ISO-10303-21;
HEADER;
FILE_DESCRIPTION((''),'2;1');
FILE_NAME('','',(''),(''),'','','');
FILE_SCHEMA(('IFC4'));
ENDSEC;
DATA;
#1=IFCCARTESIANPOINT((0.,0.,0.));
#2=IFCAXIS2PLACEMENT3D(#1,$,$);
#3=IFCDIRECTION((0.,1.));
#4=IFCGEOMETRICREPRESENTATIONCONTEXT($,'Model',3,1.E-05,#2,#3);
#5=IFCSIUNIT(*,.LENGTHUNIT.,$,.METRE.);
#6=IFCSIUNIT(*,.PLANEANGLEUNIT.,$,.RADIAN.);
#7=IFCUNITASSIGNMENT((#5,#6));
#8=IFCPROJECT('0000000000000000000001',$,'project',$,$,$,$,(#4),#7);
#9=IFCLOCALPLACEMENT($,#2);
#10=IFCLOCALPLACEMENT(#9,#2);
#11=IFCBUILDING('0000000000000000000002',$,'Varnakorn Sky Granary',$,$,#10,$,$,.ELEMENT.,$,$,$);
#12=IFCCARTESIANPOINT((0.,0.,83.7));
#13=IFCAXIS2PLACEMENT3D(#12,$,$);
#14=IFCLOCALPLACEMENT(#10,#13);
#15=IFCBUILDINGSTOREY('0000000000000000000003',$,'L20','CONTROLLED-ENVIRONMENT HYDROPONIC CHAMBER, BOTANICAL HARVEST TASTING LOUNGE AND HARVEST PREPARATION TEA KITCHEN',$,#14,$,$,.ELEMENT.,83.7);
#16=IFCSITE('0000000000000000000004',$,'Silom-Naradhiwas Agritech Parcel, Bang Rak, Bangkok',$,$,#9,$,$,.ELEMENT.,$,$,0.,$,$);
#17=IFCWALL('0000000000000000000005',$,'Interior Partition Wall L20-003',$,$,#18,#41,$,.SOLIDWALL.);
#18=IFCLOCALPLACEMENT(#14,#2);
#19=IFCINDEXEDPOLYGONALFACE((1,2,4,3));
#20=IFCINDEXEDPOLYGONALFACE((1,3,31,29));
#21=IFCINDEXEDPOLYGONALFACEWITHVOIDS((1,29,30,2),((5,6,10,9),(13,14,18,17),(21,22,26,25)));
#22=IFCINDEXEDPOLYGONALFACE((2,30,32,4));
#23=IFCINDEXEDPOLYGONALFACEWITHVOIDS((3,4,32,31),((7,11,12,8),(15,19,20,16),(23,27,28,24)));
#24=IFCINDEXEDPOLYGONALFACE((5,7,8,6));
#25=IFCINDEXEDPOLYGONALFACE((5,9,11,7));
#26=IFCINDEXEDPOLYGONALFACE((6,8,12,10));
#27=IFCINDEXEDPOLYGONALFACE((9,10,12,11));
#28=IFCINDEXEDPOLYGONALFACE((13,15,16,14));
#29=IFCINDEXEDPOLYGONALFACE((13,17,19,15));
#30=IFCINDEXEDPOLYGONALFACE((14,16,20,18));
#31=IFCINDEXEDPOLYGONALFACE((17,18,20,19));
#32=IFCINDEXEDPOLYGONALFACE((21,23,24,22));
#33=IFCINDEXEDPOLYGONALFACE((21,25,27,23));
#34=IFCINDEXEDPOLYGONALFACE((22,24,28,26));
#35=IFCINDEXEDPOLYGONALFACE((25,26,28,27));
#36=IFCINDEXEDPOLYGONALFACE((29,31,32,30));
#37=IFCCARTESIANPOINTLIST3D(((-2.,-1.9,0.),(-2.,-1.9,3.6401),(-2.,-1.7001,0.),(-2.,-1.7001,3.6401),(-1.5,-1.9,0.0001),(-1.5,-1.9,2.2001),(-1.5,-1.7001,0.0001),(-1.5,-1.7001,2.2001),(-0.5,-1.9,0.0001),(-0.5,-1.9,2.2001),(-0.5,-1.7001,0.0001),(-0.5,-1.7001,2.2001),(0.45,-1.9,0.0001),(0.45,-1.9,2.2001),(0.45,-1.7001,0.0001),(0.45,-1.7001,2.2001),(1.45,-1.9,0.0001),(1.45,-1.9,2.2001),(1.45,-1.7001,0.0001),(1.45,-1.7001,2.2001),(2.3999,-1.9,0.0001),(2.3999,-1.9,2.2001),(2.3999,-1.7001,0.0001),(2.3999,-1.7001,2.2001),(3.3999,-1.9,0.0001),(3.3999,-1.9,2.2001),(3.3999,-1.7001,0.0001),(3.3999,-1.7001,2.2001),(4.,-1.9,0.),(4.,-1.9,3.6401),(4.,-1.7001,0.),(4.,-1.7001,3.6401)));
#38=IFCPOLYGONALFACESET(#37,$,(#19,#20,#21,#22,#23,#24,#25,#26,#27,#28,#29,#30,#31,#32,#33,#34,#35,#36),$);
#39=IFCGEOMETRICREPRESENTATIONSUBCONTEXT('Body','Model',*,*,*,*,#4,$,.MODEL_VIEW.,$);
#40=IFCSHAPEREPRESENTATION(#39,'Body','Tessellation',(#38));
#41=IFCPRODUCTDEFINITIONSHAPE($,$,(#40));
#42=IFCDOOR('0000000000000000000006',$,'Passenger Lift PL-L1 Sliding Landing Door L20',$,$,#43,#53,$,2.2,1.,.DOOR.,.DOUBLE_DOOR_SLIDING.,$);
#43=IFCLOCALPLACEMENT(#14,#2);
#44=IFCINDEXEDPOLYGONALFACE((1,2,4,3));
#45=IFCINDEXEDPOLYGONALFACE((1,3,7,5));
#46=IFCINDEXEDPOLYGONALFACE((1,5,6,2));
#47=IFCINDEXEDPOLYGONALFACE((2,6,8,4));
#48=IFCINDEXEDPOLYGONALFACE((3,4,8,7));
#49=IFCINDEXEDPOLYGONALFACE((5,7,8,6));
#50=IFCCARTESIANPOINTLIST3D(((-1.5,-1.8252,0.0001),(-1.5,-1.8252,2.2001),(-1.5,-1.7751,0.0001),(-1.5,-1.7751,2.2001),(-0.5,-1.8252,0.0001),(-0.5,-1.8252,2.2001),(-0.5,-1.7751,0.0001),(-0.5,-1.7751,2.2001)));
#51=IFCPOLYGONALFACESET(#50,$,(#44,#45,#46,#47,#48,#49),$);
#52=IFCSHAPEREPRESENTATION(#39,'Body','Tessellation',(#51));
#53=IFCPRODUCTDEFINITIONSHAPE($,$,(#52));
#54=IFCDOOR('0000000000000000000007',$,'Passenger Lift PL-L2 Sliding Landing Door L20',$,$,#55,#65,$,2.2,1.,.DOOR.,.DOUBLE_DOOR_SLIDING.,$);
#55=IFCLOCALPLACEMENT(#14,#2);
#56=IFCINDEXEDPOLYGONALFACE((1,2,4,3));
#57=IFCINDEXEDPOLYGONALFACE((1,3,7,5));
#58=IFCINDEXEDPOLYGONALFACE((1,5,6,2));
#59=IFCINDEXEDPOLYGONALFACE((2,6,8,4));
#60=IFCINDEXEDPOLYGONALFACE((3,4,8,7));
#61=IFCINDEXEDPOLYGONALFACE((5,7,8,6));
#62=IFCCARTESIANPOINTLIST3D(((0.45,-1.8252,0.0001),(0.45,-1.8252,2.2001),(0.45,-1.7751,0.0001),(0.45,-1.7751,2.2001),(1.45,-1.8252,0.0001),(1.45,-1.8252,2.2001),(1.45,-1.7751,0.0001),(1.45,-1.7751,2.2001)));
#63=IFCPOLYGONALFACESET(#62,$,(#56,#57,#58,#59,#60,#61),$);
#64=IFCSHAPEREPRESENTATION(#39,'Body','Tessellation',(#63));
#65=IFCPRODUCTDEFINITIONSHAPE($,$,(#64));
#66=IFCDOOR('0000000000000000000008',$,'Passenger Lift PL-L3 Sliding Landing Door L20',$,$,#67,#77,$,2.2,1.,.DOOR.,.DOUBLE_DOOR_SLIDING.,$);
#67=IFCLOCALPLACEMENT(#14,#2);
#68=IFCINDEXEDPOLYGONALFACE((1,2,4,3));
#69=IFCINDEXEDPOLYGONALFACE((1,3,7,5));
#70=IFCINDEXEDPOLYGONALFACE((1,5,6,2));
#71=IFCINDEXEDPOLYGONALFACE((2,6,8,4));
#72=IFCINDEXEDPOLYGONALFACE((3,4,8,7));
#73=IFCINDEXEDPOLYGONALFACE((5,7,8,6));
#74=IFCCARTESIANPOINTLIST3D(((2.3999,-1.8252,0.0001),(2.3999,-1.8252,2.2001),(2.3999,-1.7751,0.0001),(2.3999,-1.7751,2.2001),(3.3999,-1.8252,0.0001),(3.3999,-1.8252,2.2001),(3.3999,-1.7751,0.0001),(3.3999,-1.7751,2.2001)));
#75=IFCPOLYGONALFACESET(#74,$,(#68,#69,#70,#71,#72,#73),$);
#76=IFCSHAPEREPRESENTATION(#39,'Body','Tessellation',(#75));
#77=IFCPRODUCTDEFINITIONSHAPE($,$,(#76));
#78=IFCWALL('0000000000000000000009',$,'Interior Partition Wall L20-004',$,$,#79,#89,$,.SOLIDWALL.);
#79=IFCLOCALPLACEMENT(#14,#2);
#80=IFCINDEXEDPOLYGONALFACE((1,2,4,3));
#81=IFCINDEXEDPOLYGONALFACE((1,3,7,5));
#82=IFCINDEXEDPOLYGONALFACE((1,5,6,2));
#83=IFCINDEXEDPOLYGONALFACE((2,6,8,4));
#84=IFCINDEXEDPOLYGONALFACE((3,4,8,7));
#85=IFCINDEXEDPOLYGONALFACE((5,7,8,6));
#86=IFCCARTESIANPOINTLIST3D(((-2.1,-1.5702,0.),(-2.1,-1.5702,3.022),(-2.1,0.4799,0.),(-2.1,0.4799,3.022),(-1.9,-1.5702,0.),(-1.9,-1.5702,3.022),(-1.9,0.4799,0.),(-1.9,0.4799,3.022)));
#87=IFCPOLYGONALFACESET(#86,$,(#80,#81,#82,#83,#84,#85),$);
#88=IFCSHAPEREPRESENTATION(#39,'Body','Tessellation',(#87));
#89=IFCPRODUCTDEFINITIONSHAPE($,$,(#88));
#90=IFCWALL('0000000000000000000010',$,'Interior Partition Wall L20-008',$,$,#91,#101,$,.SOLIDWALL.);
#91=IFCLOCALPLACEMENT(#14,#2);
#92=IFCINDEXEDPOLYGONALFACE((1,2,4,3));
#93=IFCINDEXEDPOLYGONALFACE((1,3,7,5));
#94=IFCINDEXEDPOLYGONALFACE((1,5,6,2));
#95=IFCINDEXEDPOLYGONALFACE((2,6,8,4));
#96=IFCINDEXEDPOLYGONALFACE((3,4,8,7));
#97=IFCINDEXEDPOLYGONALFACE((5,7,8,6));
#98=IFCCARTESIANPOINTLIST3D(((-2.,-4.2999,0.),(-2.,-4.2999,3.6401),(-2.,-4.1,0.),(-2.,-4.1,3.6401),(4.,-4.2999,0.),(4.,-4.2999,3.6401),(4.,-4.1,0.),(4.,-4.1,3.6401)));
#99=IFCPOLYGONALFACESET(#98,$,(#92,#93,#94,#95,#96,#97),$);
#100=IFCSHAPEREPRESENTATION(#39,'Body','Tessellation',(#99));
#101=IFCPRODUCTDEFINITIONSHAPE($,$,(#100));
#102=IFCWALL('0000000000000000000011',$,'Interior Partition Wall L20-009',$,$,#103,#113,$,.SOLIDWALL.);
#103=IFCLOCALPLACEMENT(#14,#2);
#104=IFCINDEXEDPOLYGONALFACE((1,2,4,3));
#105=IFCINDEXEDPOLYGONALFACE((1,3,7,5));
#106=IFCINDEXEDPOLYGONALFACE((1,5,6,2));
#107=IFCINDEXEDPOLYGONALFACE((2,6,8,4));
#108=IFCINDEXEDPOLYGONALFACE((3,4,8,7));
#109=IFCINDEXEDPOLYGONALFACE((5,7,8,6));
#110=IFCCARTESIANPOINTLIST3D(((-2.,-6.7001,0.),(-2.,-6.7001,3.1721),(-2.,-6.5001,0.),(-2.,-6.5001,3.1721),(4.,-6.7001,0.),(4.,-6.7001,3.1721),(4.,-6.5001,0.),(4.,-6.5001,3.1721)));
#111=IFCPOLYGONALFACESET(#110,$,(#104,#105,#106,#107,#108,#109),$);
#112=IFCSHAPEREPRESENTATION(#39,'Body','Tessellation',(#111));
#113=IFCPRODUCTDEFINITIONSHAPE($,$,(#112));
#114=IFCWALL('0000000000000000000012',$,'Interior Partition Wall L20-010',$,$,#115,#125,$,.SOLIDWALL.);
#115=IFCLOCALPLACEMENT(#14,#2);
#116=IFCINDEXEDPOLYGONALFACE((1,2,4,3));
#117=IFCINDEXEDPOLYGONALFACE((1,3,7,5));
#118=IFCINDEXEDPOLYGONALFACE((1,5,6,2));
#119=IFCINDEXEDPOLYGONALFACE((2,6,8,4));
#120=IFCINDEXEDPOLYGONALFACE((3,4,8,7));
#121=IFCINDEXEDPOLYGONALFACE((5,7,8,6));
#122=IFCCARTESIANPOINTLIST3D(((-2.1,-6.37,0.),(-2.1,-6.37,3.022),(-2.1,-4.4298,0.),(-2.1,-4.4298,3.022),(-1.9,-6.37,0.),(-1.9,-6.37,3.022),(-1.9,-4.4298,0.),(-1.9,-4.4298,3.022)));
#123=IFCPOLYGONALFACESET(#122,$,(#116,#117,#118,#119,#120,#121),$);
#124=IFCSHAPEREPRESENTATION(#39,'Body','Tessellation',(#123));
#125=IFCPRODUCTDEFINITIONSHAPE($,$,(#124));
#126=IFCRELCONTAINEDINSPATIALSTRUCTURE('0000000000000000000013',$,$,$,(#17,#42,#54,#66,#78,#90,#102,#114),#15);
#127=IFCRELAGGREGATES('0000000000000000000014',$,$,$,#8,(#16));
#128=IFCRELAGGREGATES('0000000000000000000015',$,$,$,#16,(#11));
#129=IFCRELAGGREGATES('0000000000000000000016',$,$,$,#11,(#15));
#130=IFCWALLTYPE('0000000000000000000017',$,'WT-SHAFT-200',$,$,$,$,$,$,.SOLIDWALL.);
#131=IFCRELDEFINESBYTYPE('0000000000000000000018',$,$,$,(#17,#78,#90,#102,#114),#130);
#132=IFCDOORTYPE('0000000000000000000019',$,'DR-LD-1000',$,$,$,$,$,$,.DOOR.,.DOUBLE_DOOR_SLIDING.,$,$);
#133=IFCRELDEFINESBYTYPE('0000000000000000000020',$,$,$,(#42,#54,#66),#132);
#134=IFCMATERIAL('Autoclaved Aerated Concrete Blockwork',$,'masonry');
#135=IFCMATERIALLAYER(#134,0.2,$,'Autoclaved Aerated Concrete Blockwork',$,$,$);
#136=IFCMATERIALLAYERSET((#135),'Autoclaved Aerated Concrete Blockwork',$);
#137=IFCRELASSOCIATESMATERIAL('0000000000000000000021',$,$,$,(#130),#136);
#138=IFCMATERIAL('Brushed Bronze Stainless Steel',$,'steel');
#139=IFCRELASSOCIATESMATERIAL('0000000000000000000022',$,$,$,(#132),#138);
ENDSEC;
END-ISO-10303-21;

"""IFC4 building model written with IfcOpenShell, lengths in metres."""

from ifc_helpers import new_model, si_unit, direction, frame, frame_2d, origin, place, context, subcontext, project, spatial, rectangle, extrude, material, layer, layer_set, type_object, element, fill, save


model = new_model("IFC4")

# Units and contexts
model_context = context("Model", 3, precision=1e-05, world=origin(), true_north=direction((0.0, 1.0)))
body_context = subcontext(model_context, "Body", "Model", "MODEL_VIEW")
ifc_project = project(units=[si_unit("LENGTHUNIT", "METRE"), si_unit("PLANEANGLEUNIT", "RADIAN")], contexts=[model_context])

# Site, building, storey
site_placement = place(None, origin())
site = spatial("IfcSite", under=ifc_project, at=site_placement, Name="Silom-Naradhiwas Agritech Parcel, Bang Rak, Bangkok", CompositionType="ELEMENT", RefElevation=0.0)
building_placement = place(site_placement, origin())
building = spatial("IfcBuilding", under=site, at=building_placement, Name="Varnakorn Sky Granary", CompositionType="ELEMENT")
storey_placement = place(building_placement, frame((0.0, 0.0, 83.7)))
storey = spatial("IfcBuildingStorey", under=building, at=storey_placement, Name="L20", Description="CONTROLLED-ENVIRONMENT HYDROPONIC CHAMBER, BOTANICAL HARVEST TASTING LOUNGE AND HARVEST PREPARATION TEA KITCHEN", CompositionType="ELEMENT", Elevation=83.7)

# Shared definitions
ifc_material_1 = material(Name="Autoclaved Aerated Concrete Blockwork", Category="masonry")

# Wall, openings, doors
ifc_layer_1 = layer(ifc_material_1, 0.2, Name="Autoclaved Aerated Concrete Blockwork")
ifc_layer_set_1 = layer_set([ifc_layer_1], Name="Autoclaved Aerated Concrete Blockwork")
wall_type_1 = type_object("IfcWallType", Name="WT-SHAFT-200", PredefinedType="SOLIDWALL", material=ifc_layer_set_1)
wall_1_placement = place(storey_placement, frame((-2.0, -1.8, 0.0), z_axis=(0.0, 0.0, 1.0), x_axis=(1.0, 0.0, 0.0)))
wall_1 = element("IfcWall", 1, at=wall_1_placement, inside=storey, type_object=wall_type_1, Name="Interior Partition Wall L20-003", PredefinedType="SOLIDWALL", context=body_context, shape_type="SweptSolid", body=[
    extrude(rectangle(XDim=6.0, YDim=0.2, at=frame_2d((3.0, 0.0))), origin(), (0.0, 0.0, 1.0), 3.6401),
])
opening_1_placement = place(wall_1_placement, frame((0.5, 0.0, 0.0)))
opening_1 = element("IfcOpeningElement", 2, at=opening_1_placement, cuts=wall_1, PredefinedType="OPENING", context=body_context, shape_type="SweptSolid", body=[
    extrude(rectangle(XDim=1.0, YDim=2.2, at=frame_2d((0.5, 1.1001))), frame((0.0, 0.1099, 0.0), z_axis=(0.0, -1.0, 0.0), x_axis=(1.0, 0.0, 0.0)), (0.0, 0.0, 1.0), 0.22),
])
opening_2_placement = place(wall_1_placement, frame((2.45, 0.0, 0.0)))
opening_2 = element("IfcOpeningElement", 3, at=opening_2_placement, cuts=wall_1, PredefinedType="OPENING", context=body_context, shape_type="SweptSolid", body=[
    extrude(rectangle(XDim=1.0, YDim=2.2, at=frame_2d((0.5, 1.1001))), frame((0.0, 0.1099, 0.0), z_axis=(0.0, -1.0, 0.0), x_axis=(1.0, 0.0, 0.0)), (0.0, 0.0, 1.0), 0.22),
])
opening_3_placement = place(wall_1_placement, frame((4.3999, 0.0, 0.0)))
opening_3 = element("IfcOpeningElement", 4, at=opening_3_placement, cuts=wall_1, PredefinedType="OPENING", context=body_context, shape_type="SweptSolid", body=[
    extrude(rectangle(XDim=1.0, YDim=2.2, at=frame_2d((0.5, 1.1001))), frame((0.0, 0.1099, 0.0), z_axis=(0.0, -1.0, 0.0), x_axis=(1.0, 0.0, 0.0)), (0.0, 0.0, 1.0), 0.22),
])
ifc_material_2 = material(Name="Brushed Bronze Stainless Steel", Category="steel")
door_type_1 = type_object("IfcDoorType", Name="DR-LD-1000", OperationType="DOUBLE_DOOR_SLIDING", PredefinedType="DOOR", material=ifc_material_2)
door_1_placement = place(opening_1_placement, origin())
door_1 = element("IfcDoor", 5, at=door_1_placement, inside=storey, type_object=door_type_1, Name="Passenger Lift PL-L1 Sliding Landing Door L20", OperationType="DOUBLE_DOOR_SLIDING", OverallHeight=2.2, OverallWidth=1.0, PredefinedType="DOOR", context=body_context, shape_type="SweptSolid", body=[
    extrude(rectangle(XDim=1.0, YDim=2.2, at=frame_2d((0.5, 1.1001))), frame((0.0, 0.0249, 0.0), z_axis=(0.0, -1.0, 0.0), x_axis=(1.0, 0.0, 0.0)), (0.0, 0.0, 1.0), 0.05),
])
fill(opening_1, door_1)
door_2_placement = place(opening_2_placement, origin())
door_2 = element("IfcDoor", 6, at=door_2_placement, inside=storey, type_object=door_type_1, Name="Passenger Lift PL-L2 Sliding Landing Door L20", OperationType="DOUBLE_DOOR_SLIDING", OverallHeight=2.2, OverallWidth=1.0, PredefinedType="DOOR", context=body_context, shape_type="SweptSolid", body=[
    extrude(rectangle(XDim=1.0, YDim=2.2, at=frame_2d((0.5, 1.1001))), frame((0.0, 0.0249, 0.0), z_axis=(0.0, -1.0, 0.0), x_axis=(1.0, 0.0, 0.0)), (0.0, 0.0, 1.0), 0.05),
])
fill(opening_2, door_2)
door_3_placement = place(opening_3_placement, origin())
door_3 = element("IfcDoor", 7, at=door_3_placement, inside=storey, type_object=door_type_1, Name="Passenger Lift PL-L3 Sliding Landing Door L20", OperationType="DOUBLE_DOOR_SLIDING", OverallHeight=2.2, OverallWidth=1.0, PredefinedType="DOOR", context=body_context, shape_type="SweptSolid", body=[
    extrude(rectangle(XDim=1.0, YDim=2.2, at=frame_2d((0.5, 1.1001))), frame((0.0, 0.0249, 0.0), z_axis=(0.0, -1.0, 0.0), x_axis=(1.0, 0.0, 0.0)), (0.0, 0.0, 1.0), 0.05),
])
fill(opening_3, door_3)

# Walls
wall_2_placement = place(storey_placement, frame((-2.0, -1.5701, 0.0), z_axis=(0.0, 0.0, 1.0), x_axis=(0.0, 1.0, 0.0)))
element("IfcWall", 8, at=wall_2_placement, inside=storey, type_object=wall_type_1, Name="Interior Partition Wall L20-004", PredefinedType="SOLIDWALL", context=body_context, shape_type="SweptSolid", body=[
    extrude(rectangle(XDim=2.05, YDim=0.2, at=frame_2d((1.0249, 0.0))), origin(), (0.0, 0.0, 1.0), 3.022),
])
wall_3_placement = place(storey_placement, frame((-2.0, -4.2, 0.0), z_axis=(0.0, 0.0, 1.0), x_axis=(1.0, 0.0, 0.0)))
element("IfcWall", 9, at=wall_3_placement, inside=storey, type_object=wall_type_1, Name="Interior Partition Wall L20-008", PredefinedType="SOLIDWALL", context=body_context, shape_type="SweptSolid", body=[
    extrude(rectangle(XDim=6.0, YDim=0.2, at=frame_2d((3.0, 0.0))), origin(), (0.0, 0.0, 1.0), 3.6401),
])
wall_4_placement = place(storey_placement, frame((-2.0, -6.6001, 0.0), z_axis=(0.0, 0.0, 1.0), x_axis=(1.0, 0.0, 0.0)))
element("IfcWall", 10, at=wall_4_placement, inside=storey, type_object=wall_type_1, Name="Interior Partition Wall L20-009", PredefinedType="SOLIDWALL", context=body_context, shape_type="SweptSolid", body=[
    extrude(rectangle(XDim=6.0, YDim=0.2, at=frame_2d((3.0, 0.0))), origin(), (0.0, 0.0, 1.0), 3.1721),
])
wall_5_placement = place(storey_placement, frame((-2.0, -6.3701, 0.0), z_axis=(0.0, 0.0, 1.0), x_axis=(0.0, 1.0, 0.0)))
element("IfcWall", 11, at=wall_5_placement, inside=storey, type_object=wall_type_1, Name="Interior Partition Wall L20-010", PredefinedType="SOLIDWALL", context=body_context, shape_type="SweptSolid", body=[
    extrude(rectangle(XDim=1.9402, YDim=0.2, at=frame_2d((0.9702, 0.0))), origin(), (0.0, 0.0, 1.0), 3.022),
])

save(model, "model.ifc")
